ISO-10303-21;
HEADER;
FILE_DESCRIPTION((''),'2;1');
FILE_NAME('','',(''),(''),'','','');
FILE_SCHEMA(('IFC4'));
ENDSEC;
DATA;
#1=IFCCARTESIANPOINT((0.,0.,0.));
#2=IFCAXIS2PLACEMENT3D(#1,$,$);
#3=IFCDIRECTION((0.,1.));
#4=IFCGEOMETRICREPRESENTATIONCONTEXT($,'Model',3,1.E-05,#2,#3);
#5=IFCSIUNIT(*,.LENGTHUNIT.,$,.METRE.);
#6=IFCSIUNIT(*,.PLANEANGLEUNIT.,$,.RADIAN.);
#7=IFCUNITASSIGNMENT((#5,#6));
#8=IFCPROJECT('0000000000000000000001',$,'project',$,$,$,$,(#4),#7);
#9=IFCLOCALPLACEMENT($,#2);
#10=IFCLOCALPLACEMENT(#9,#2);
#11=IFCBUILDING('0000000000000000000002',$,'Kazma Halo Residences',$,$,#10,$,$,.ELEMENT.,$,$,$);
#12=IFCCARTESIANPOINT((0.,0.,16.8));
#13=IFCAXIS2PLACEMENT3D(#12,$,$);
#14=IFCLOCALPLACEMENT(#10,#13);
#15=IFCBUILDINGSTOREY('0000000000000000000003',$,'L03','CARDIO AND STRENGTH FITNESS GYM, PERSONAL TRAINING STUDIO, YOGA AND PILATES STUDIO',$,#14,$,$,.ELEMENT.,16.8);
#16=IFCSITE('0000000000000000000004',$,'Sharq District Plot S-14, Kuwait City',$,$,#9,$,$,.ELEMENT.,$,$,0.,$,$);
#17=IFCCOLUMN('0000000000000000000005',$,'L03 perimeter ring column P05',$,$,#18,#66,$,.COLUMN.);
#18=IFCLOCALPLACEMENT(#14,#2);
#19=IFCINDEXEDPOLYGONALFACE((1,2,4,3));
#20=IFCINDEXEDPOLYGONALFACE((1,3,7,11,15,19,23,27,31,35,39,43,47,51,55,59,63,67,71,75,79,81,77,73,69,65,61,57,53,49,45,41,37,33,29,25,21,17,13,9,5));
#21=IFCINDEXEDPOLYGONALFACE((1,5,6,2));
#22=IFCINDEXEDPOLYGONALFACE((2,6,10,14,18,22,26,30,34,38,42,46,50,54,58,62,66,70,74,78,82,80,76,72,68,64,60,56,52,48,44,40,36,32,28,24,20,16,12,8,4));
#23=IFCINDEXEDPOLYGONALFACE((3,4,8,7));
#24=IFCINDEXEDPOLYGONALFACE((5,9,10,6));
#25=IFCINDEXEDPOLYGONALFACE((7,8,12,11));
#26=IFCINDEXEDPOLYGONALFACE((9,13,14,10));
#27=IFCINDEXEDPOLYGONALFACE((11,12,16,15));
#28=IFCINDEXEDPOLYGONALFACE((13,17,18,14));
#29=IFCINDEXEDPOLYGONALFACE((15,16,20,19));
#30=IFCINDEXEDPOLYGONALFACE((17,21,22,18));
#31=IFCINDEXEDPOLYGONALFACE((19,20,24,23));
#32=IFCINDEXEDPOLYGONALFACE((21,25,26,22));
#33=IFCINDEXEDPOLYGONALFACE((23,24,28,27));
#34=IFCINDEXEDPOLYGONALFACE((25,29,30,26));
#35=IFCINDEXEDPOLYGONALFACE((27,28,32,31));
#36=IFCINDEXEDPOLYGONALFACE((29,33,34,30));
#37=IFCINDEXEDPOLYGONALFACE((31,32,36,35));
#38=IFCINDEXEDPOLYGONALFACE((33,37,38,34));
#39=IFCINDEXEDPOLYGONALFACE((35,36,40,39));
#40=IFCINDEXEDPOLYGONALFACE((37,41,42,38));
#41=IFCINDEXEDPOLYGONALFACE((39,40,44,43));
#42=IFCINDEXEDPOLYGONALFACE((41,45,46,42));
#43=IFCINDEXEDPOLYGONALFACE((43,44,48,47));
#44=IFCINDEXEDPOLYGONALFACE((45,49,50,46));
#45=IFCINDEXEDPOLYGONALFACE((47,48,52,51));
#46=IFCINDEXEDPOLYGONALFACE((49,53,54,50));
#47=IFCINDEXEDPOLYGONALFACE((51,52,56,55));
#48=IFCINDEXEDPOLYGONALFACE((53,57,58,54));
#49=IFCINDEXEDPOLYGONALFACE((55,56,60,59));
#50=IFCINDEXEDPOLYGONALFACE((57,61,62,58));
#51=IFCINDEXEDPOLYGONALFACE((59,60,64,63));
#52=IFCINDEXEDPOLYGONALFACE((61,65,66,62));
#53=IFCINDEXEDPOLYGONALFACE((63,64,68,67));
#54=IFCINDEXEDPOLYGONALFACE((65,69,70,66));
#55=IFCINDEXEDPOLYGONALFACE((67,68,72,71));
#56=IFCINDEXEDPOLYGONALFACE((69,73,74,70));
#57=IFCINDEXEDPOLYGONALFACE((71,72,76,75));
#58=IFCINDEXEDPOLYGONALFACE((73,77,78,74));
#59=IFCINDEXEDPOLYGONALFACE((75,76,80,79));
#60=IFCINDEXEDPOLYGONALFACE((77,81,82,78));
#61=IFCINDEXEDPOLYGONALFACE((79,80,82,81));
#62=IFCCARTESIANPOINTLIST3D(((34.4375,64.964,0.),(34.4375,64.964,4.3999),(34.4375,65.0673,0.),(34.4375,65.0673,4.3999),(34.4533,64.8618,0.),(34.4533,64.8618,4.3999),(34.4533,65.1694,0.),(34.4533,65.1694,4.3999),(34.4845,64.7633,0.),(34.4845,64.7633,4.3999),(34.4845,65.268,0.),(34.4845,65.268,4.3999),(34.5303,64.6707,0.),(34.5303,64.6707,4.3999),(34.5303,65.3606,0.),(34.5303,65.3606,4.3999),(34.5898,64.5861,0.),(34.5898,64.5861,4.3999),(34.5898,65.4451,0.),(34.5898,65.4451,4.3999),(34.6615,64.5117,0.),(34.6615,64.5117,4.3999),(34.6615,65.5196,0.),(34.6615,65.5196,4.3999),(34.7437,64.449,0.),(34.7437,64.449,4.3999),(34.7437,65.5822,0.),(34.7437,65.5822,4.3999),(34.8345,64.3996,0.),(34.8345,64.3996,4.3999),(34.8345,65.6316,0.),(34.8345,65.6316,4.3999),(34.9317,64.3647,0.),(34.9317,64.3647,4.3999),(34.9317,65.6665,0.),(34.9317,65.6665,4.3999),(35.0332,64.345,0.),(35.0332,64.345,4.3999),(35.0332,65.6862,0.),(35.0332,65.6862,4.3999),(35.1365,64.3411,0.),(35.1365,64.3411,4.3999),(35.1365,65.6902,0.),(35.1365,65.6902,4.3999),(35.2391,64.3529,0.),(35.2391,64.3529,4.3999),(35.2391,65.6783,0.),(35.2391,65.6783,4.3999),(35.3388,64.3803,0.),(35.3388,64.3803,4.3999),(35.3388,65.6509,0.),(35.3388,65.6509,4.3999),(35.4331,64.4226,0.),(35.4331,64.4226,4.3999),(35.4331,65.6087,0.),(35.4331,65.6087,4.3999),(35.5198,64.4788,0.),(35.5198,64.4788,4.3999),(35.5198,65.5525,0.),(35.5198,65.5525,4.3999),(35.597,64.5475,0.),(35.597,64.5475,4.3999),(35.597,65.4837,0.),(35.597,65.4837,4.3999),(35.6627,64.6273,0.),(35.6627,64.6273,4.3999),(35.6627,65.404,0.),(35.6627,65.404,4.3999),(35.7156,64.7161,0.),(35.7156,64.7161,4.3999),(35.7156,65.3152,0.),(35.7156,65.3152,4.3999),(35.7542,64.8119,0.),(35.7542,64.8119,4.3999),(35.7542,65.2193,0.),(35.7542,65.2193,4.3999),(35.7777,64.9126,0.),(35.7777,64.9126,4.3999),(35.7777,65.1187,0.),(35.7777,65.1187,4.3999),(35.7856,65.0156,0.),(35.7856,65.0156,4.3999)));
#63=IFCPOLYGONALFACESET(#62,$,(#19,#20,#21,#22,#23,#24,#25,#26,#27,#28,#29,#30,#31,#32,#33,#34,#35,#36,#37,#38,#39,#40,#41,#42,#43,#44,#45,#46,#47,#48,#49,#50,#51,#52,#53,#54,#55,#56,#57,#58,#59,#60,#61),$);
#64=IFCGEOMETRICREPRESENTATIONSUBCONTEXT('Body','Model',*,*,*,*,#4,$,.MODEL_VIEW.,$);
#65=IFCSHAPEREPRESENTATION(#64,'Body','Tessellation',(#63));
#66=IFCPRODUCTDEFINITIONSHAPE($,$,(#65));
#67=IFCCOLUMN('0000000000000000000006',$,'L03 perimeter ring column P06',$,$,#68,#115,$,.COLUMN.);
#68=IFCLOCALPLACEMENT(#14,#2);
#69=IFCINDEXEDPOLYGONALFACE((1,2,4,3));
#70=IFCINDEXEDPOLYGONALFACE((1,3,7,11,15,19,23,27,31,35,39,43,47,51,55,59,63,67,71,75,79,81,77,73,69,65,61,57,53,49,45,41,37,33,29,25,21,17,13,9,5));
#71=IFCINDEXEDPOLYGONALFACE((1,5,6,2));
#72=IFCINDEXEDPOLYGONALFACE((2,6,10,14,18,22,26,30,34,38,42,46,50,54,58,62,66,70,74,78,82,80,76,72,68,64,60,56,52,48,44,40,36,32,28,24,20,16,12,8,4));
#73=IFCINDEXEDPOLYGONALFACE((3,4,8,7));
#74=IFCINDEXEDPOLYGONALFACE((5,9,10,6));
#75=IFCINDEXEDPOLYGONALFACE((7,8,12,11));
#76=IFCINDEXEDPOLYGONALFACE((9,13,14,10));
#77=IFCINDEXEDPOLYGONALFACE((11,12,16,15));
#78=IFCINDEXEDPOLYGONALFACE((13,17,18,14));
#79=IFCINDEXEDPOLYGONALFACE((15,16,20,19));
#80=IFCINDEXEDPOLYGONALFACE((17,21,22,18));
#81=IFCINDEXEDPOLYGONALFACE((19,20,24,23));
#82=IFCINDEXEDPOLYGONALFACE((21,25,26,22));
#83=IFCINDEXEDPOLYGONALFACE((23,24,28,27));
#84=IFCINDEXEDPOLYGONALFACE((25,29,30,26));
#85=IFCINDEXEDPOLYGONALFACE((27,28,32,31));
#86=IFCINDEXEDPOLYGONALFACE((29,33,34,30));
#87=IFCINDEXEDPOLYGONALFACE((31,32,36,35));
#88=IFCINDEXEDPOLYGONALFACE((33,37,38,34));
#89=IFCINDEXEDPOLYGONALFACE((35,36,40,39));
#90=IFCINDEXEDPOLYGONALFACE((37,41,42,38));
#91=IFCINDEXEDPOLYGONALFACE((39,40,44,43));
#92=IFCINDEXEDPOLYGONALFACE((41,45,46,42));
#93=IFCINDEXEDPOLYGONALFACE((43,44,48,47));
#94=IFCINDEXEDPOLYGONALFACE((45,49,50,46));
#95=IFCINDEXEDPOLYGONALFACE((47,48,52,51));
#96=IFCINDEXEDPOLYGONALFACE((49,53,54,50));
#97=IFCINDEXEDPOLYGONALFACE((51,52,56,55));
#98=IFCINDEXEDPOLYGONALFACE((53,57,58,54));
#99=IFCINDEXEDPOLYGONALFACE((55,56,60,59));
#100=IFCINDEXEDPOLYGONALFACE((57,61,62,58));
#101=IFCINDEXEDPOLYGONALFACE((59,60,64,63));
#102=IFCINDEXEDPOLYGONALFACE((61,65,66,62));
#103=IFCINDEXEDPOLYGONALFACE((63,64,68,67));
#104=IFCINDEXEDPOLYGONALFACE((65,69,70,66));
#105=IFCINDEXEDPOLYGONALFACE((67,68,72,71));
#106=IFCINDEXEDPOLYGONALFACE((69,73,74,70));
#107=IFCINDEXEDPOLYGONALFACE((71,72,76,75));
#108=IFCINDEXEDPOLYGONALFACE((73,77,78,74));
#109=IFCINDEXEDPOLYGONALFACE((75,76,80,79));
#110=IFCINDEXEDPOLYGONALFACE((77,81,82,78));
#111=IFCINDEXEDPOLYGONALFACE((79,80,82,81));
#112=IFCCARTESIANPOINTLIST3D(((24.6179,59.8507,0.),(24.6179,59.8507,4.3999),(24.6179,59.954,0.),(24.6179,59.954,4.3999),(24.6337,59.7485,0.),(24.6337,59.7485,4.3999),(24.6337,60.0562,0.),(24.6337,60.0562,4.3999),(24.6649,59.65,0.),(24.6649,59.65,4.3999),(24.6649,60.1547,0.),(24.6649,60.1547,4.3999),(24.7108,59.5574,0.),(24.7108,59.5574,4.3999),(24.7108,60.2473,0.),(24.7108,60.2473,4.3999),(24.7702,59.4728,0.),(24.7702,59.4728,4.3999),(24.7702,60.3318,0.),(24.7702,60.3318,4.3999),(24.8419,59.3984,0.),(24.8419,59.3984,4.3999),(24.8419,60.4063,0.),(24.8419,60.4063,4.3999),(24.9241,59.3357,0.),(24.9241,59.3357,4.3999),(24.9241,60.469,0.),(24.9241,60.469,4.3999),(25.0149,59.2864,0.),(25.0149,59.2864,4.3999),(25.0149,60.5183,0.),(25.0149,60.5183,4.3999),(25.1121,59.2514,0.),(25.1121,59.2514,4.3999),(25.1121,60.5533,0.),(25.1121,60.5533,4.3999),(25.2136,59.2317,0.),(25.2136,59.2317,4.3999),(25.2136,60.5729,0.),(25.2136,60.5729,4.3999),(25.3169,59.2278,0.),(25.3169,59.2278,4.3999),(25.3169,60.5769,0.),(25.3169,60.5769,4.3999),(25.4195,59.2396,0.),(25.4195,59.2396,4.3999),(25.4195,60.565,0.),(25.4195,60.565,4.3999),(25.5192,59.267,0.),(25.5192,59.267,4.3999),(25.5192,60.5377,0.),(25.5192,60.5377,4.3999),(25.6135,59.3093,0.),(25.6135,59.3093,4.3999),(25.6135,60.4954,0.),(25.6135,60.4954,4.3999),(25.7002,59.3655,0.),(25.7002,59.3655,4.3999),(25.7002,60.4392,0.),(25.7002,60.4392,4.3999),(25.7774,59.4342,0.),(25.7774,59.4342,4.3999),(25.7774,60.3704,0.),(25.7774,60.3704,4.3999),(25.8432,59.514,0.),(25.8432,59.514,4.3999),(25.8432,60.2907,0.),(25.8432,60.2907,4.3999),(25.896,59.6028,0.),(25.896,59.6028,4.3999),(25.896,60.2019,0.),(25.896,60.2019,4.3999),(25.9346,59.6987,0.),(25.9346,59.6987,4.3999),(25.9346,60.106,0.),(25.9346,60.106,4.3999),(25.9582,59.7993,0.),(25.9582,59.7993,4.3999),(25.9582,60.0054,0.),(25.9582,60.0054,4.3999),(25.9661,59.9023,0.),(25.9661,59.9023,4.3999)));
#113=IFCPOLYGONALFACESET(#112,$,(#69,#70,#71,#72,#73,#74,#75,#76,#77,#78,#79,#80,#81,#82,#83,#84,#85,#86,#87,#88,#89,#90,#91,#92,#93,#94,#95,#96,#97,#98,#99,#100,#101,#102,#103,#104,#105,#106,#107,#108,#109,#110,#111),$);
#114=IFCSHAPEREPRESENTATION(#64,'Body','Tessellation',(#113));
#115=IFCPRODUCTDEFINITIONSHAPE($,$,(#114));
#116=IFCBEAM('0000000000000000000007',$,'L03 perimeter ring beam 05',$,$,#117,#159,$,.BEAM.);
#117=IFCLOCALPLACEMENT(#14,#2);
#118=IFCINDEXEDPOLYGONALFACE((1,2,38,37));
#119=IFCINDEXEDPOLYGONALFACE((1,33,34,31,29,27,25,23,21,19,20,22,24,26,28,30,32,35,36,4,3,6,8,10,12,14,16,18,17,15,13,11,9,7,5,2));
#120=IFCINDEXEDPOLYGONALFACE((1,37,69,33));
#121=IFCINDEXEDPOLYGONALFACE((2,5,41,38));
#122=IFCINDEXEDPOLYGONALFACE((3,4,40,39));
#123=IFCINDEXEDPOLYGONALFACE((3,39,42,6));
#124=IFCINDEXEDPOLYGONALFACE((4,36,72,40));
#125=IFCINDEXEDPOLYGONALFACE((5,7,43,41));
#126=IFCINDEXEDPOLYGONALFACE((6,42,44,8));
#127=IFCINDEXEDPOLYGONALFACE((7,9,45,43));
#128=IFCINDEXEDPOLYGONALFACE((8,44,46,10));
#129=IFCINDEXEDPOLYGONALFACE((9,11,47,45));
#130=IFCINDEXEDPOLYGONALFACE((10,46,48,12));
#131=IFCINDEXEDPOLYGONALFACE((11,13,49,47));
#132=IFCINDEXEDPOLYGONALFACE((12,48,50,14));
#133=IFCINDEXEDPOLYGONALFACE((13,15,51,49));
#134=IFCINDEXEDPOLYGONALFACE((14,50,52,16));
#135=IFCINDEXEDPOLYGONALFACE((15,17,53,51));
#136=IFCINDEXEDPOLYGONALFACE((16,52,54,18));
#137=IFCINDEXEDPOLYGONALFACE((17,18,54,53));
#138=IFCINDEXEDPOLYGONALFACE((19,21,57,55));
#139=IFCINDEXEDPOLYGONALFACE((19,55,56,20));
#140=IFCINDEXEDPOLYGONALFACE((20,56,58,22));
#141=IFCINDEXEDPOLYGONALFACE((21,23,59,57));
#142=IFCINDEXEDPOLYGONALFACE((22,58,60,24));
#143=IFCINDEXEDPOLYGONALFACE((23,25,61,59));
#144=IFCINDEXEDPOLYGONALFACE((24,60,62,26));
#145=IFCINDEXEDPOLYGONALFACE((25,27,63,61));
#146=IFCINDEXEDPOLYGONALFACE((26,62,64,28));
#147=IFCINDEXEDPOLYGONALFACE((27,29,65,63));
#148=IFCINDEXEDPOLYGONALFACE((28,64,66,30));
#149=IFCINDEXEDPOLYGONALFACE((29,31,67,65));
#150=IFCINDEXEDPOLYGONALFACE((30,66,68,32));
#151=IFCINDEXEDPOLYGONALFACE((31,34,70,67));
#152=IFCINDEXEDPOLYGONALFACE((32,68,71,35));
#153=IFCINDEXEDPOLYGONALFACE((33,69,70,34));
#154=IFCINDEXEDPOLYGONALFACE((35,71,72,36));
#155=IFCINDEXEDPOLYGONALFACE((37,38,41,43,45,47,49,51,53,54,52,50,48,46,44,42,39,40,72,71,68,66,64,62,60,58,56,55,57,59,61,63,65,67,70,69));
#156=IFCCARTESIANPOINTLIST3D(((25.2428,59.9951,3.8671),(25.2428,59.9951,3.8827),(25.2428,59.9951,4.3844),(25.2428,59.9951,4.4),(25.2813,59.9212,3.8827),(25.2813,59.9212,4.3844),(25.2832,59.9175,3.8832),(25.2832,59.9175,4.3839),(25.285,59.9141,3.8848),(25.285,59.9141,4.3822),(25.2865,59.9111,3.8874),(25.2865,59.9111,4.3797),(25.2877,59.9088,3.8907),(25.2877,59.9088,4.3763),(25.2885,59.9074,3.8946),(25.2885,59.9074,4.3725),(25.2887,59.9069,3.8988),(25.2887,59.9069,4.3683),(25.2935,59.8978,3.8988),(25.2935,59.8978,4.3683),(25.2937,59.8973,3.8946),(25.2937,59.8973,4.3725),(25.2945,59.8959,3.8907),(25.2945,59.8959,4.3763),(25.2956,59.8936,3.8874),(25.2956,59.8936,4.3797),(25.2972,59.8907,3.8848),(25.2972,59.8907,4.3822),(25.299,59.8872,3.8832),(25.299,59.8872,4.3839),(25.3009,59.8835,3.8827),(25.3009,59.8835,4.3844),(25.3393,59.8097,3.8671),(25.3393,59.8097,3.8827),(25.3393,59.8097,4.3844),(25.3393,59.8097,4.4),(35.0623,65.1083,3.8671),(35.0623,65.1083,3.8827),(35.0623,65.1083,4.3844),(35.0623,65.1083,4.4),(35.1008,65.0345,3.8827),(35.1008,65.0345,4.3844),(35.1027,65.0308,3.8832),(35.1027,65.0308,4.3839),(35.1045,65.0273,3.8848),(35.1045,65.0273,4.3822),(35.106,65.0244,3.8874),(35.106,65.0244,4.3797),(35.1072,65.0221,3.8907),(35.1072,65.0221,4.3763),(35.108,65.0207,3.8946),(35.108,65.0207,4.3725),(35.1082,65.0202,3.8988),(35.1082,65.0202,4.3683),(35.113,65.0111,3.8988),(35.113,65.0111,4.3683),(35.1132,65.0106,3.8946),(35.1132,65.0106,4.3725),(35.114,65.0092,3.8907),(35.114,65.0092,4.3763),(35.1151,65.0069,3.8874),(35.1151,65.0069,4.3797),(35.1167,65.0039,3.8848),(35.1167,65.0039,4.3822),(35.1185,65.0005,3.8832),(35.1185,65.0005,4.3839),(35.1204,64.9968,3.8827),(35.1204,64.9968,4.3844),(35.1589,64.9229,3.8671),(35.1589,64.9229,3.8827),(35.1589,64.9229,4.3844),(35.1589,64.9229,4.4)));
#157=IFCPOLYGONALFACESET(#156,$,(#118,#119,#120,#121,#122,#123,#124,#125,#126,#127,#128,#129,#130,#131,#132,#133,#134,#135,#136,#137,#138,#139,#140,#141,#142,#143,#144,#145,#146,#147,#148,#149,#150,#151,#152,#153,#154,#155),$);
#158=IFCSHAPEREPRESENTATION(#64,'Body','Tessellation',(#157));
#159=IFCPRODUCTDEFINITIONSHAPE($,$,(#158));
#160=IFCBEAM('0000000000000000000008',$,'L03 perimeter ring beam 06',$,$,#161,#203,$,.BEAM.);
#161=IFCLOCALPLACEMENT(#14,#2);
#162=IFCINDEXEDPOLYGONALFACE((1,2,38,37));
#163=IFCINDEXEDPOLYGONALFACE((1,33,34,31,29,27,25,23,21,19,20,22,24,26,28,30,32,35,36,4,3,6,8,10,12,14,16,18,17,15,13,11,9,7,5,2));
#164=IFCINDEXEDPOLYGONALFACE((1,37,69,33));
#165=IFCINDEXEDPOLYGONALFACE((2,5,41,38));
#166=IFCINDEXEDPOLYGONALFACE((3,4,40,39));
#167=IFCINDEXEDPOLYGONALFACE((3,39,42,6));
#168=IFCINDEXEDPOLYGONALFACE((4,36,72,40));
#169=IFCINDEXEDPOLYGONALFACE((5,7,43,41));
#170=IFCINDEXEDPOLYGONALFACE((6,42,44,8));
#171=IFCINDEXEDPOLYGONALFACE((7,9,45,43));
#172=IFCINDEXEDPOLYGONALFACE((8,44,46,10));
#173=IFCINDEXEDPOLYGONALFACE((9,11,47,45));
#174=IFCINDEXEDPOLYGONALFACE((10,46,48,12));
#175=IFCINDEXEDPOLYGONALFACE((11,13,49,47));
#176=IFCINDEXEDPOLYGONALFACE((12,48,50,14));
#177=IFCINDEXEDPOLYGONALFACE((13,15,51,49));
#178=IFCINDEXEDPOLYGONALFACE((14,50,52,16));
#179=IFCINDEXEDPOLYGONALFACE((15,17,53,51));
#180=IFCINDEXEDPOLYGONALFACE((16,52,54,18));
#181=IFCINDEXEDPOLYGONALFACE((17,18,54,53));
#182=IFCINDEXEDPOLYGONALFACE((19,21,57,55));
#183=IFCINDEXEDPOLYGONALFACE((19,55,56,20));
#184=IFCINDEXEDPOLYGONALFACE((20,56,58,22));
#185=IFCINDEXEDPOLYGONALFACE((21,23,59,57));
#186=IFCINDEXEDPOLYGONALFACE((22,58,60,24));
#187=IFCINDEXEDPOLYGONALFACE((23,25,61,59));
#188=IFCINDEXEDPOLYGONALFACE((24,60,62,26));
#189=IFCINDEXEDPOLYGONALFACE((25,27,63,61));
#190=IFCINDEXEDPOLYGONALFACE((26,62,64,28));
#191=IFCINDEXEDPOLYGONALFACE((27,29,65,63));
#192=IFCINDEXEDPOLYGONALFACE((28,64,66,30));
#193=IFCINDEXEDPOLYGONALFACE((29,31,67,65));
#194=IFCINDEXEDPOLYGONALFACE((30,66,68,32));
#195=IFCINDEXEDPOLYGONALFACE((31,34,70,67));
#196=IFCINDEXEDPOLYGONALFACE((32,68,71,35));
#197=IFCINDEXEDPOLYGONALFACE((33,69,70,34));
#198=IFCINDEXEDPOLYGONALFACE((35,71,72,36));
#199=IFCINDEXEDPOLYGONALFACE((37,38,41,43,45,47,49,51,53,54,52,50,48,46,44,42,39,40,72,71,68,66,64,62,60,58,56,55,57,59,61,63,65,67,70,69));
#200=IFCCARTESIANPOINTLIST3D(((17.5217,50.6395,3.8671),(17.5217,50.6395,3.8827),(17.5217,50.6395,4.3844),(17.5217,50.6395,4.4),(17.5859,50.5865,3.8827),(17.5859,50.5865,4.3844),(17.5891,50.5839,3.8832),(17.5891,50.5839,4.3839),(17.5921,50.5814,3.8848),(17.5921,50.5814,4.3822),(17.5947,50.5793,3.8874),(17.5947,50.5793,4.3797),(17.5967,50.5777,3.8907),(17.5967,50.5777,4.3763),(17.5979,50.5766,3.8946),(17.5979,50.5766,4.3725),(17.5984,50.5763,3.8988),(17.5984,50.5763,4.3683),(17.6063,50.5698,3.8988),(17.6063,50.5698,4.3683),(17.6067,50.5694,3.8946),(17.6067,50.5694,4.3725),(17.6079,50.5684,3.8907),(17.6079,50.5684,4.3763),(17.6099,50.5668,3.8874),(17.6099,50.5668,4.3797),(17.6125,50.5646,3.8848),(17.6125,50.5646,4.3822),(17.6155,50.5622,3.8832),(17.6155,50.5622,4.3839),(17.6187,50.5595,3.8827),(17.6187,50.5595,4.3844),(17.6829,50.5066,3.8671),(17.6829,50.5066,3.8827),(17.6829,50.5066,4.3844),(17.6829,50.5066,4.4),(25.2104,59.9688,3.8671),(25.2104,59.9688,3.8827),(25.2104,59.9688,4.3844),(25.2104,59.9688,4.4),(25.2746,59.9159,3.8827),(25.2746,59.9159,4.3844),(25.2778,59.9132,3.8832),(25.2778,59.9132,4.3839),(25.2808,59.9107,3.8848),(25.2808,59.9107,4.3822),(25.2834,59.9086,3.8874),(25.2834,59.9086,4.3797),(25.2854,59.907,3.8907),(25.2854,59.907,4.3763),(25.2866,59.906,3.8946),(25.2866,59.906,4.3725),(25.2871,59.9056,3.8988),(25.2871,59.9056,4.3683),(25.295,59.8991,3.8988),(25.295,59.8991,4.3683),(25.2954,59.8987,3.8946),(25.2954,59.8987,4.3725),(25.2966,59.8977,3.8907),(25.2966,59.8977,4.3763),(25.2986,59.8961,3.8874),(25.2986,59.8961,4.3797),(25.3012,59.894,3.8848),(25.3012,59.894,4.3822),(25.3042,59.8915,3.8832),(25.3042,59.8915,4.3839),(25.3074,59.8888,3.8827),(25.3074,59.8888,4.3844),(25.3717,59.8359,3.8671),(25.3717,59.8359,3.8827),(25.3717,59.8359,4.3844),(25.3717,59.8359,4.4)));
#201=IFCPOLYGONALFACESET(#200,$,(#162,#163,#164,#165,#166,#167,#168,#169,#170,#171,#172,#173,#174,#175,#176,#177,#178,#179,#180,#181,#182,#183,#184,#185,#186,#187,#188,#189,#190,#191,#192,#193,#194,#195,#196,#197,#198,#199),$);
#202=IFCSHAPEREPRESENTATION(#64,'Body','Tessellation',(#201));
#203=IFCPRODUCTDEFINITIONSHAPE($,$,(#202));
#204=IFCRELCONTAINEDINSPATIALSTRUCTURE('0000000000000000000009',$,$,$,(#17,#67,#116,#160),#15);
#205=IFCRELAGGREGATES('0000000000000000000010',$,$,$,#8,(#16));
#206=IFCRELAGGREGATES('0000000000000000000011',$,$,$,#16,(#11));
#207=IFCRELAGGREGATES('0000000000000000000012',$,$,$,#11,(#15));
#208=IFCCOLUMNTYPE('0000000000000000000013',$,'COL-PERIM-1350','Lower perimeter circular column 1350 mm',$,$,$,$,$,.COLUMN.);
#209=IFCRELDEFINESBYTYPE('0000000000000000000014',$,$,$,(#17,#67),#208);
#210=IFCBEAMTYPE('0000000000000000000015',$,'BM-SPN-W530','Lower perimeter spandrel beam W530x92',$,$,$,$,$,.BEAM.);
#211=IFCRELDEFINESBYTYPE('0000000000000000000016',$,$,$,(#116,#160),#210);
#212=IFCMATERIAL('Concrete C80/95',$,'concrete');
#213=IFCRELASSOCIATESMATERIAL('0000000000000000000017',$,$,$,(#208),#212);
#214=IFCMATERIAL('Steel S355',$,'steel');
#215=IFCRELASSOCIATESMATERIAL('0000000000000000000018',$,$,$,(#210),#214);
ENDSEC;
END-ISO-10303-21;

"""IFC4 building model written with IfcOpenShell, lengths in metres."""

from ifc_helpers import new_model, si_unit, direction, frame, origin, origin_2d, place, context, subcontext, project, spatial, circle, i_section, extrude, material, material_profile, profile_set, type_object, element, save


model = new_model("IFC4")

# Units and contexts
model_context = context("Model", 3, precision=1e-05, world=origin(), true_north=direction((0.0, 1.0)))
body_context = subcontext(model_context, "Body", "Model", "MODEL_VIEW")
ifc_project = project(units=[si_unit("LENGTHUNIT", "METRE"), si_unit("PLANEANGLEUNIT", "RADIAN")], contexts=[model_context])

# Site, building, storey
site_placement = place(None, origin())
site = spatial("IfcSite", under=ifc_project, at=site_placement, Name="Sharq District Plot S-14, Kuwait City", CompositionType="ELEMENT", RefElevation=0.0)
building_placement = place(site_placement, origin())
building = spatial("IfcBuilding", under=site, at=building_placement, Name="Kazma Halo Residences", CompositionType="ELEMENT")
storey_placement = place(building_placement, frame((0.0, 0.0, 16.8)))
storey = spatial("IfcBuildingStorey", under=building, at=storey_placement, Name="L03", Description="CARDIO AND STRENGTH FITNESS GYM, PERSONAL TRAINING STUDIO, YOGA AND PILATES STUDIO", CompositionType="ELEMENT", Elevation=16.8)

# Columns
ifc_material_1 = material(Name="Concrete C80/95", Category="concrete")
ifc_material_profile_1 = material_profile(ifc_material_1, circle(Radius=0.675, at=origin_2d()), Name="CIRC1350")
ifc_profile_set_1 = profile_set([ifc_material_profile_1], Name="Concrete C80/95")
column_type = type_object("IfcColumnType", Name="COL-PERIM-1350", Description="Lower perimeter circular column 1350 mm", PredefinedType="COLUMN", material=ifc_profile_set_1)
for number, where, z_axis, x_axis, name in (
    (1, (35.1106, 65.0156, 0.0), (0.0, 0.0, 1.0), (1.0, 0.0, 0.0), "L03 perimeter ring column P05"),
    (2, (25.291, 59.9023, 0.0), (0.0, 0.0, 1.0), (1.0, 0.0, 0.0), "L03 perimeter ring column P06"),
):
    element("IfcColumn", number, at=place(storey_placement, frame(where, z_axis=z_axis, x_axis=x_axis)), inside=storey, type_object=column_type, Name=name, PredefinedType="COLUMN", context=body_context, shape_type="SweptSolid", body=[
        extrude(circle(Radius=0.675, at=origin_2d()), origin(), (0.0, 0.0, 1.0), 4.3999),
    ])

# Beams
ifc_material_2 = material(Name="Steel S355", Category="steel")
ifc_material_profile_2 = material_profile(ifc_material_2, i_section(OverallWidth=0.209, OverallDepth=0.533, WebThickness=0.0103, FlangeThickness=0.0156, FilletRadius=0.0161, at=origin_2d()), Name="W530x92")
ifc_profile_set_2 = profile_set([ifc_material_profile_2], Name="Steel S355")
beam_type = type_object("IfcBeamType", Name="BM-SPN-W530", Description="Lower perimeter spandrel beam W530x92", PredefinedType="BEAM", material=ifc_profile_set_2)
beam_1_placement = place(storey_placement, frame((35.1106, 65.0156, 4.1335), z_axis=(-0.886954, -0.461857, 0.0), x_axis=(0.461857, -0.886954, 0.0)))
element("IfcBeam", 3, at=beam_1_placement, inside=storey, type_object=beam_type, Name="L03 perimeter ring beam 05", PredefinedType="BEAM", context=body_context, shape_type="SweptSolid", body=[
    extrude(i_section(OverallWidth=0.209, OverallDepth=0.533, WebThickness=0.0103, FlangeThickness=0.0156, FilletRadius=0.0161, at=origin_2d()), origin(), (0.0, 0.0, 1.0), 11.071),
])
beam_2_placement = place(storey_placement, frame((25.291, 59.9023, 4.1335), z_axis=(-0.63599, -0.771698, 0.0), x_axis=(0.771698, -0.63599, 0.0)))
element("IfcBeam", 4, at=beam_2_placement, inside=storey, type_object=beam_type, Name="L03 perimeter ring beam 06", PredefinedType="BEAM", context=body_context, shape_type="SweptSolid", body=[
    extrude(i_section(OverallWidth=0.209, OverallDepth=0.533, WebThickness=0.0103, FlangeThickness=0.0156, FilletRadius=0.0161, at=origin_2d()), origin(), (0.0, 0.0, 1.0), 12.0894),
])

save(model, "model.ifc")
